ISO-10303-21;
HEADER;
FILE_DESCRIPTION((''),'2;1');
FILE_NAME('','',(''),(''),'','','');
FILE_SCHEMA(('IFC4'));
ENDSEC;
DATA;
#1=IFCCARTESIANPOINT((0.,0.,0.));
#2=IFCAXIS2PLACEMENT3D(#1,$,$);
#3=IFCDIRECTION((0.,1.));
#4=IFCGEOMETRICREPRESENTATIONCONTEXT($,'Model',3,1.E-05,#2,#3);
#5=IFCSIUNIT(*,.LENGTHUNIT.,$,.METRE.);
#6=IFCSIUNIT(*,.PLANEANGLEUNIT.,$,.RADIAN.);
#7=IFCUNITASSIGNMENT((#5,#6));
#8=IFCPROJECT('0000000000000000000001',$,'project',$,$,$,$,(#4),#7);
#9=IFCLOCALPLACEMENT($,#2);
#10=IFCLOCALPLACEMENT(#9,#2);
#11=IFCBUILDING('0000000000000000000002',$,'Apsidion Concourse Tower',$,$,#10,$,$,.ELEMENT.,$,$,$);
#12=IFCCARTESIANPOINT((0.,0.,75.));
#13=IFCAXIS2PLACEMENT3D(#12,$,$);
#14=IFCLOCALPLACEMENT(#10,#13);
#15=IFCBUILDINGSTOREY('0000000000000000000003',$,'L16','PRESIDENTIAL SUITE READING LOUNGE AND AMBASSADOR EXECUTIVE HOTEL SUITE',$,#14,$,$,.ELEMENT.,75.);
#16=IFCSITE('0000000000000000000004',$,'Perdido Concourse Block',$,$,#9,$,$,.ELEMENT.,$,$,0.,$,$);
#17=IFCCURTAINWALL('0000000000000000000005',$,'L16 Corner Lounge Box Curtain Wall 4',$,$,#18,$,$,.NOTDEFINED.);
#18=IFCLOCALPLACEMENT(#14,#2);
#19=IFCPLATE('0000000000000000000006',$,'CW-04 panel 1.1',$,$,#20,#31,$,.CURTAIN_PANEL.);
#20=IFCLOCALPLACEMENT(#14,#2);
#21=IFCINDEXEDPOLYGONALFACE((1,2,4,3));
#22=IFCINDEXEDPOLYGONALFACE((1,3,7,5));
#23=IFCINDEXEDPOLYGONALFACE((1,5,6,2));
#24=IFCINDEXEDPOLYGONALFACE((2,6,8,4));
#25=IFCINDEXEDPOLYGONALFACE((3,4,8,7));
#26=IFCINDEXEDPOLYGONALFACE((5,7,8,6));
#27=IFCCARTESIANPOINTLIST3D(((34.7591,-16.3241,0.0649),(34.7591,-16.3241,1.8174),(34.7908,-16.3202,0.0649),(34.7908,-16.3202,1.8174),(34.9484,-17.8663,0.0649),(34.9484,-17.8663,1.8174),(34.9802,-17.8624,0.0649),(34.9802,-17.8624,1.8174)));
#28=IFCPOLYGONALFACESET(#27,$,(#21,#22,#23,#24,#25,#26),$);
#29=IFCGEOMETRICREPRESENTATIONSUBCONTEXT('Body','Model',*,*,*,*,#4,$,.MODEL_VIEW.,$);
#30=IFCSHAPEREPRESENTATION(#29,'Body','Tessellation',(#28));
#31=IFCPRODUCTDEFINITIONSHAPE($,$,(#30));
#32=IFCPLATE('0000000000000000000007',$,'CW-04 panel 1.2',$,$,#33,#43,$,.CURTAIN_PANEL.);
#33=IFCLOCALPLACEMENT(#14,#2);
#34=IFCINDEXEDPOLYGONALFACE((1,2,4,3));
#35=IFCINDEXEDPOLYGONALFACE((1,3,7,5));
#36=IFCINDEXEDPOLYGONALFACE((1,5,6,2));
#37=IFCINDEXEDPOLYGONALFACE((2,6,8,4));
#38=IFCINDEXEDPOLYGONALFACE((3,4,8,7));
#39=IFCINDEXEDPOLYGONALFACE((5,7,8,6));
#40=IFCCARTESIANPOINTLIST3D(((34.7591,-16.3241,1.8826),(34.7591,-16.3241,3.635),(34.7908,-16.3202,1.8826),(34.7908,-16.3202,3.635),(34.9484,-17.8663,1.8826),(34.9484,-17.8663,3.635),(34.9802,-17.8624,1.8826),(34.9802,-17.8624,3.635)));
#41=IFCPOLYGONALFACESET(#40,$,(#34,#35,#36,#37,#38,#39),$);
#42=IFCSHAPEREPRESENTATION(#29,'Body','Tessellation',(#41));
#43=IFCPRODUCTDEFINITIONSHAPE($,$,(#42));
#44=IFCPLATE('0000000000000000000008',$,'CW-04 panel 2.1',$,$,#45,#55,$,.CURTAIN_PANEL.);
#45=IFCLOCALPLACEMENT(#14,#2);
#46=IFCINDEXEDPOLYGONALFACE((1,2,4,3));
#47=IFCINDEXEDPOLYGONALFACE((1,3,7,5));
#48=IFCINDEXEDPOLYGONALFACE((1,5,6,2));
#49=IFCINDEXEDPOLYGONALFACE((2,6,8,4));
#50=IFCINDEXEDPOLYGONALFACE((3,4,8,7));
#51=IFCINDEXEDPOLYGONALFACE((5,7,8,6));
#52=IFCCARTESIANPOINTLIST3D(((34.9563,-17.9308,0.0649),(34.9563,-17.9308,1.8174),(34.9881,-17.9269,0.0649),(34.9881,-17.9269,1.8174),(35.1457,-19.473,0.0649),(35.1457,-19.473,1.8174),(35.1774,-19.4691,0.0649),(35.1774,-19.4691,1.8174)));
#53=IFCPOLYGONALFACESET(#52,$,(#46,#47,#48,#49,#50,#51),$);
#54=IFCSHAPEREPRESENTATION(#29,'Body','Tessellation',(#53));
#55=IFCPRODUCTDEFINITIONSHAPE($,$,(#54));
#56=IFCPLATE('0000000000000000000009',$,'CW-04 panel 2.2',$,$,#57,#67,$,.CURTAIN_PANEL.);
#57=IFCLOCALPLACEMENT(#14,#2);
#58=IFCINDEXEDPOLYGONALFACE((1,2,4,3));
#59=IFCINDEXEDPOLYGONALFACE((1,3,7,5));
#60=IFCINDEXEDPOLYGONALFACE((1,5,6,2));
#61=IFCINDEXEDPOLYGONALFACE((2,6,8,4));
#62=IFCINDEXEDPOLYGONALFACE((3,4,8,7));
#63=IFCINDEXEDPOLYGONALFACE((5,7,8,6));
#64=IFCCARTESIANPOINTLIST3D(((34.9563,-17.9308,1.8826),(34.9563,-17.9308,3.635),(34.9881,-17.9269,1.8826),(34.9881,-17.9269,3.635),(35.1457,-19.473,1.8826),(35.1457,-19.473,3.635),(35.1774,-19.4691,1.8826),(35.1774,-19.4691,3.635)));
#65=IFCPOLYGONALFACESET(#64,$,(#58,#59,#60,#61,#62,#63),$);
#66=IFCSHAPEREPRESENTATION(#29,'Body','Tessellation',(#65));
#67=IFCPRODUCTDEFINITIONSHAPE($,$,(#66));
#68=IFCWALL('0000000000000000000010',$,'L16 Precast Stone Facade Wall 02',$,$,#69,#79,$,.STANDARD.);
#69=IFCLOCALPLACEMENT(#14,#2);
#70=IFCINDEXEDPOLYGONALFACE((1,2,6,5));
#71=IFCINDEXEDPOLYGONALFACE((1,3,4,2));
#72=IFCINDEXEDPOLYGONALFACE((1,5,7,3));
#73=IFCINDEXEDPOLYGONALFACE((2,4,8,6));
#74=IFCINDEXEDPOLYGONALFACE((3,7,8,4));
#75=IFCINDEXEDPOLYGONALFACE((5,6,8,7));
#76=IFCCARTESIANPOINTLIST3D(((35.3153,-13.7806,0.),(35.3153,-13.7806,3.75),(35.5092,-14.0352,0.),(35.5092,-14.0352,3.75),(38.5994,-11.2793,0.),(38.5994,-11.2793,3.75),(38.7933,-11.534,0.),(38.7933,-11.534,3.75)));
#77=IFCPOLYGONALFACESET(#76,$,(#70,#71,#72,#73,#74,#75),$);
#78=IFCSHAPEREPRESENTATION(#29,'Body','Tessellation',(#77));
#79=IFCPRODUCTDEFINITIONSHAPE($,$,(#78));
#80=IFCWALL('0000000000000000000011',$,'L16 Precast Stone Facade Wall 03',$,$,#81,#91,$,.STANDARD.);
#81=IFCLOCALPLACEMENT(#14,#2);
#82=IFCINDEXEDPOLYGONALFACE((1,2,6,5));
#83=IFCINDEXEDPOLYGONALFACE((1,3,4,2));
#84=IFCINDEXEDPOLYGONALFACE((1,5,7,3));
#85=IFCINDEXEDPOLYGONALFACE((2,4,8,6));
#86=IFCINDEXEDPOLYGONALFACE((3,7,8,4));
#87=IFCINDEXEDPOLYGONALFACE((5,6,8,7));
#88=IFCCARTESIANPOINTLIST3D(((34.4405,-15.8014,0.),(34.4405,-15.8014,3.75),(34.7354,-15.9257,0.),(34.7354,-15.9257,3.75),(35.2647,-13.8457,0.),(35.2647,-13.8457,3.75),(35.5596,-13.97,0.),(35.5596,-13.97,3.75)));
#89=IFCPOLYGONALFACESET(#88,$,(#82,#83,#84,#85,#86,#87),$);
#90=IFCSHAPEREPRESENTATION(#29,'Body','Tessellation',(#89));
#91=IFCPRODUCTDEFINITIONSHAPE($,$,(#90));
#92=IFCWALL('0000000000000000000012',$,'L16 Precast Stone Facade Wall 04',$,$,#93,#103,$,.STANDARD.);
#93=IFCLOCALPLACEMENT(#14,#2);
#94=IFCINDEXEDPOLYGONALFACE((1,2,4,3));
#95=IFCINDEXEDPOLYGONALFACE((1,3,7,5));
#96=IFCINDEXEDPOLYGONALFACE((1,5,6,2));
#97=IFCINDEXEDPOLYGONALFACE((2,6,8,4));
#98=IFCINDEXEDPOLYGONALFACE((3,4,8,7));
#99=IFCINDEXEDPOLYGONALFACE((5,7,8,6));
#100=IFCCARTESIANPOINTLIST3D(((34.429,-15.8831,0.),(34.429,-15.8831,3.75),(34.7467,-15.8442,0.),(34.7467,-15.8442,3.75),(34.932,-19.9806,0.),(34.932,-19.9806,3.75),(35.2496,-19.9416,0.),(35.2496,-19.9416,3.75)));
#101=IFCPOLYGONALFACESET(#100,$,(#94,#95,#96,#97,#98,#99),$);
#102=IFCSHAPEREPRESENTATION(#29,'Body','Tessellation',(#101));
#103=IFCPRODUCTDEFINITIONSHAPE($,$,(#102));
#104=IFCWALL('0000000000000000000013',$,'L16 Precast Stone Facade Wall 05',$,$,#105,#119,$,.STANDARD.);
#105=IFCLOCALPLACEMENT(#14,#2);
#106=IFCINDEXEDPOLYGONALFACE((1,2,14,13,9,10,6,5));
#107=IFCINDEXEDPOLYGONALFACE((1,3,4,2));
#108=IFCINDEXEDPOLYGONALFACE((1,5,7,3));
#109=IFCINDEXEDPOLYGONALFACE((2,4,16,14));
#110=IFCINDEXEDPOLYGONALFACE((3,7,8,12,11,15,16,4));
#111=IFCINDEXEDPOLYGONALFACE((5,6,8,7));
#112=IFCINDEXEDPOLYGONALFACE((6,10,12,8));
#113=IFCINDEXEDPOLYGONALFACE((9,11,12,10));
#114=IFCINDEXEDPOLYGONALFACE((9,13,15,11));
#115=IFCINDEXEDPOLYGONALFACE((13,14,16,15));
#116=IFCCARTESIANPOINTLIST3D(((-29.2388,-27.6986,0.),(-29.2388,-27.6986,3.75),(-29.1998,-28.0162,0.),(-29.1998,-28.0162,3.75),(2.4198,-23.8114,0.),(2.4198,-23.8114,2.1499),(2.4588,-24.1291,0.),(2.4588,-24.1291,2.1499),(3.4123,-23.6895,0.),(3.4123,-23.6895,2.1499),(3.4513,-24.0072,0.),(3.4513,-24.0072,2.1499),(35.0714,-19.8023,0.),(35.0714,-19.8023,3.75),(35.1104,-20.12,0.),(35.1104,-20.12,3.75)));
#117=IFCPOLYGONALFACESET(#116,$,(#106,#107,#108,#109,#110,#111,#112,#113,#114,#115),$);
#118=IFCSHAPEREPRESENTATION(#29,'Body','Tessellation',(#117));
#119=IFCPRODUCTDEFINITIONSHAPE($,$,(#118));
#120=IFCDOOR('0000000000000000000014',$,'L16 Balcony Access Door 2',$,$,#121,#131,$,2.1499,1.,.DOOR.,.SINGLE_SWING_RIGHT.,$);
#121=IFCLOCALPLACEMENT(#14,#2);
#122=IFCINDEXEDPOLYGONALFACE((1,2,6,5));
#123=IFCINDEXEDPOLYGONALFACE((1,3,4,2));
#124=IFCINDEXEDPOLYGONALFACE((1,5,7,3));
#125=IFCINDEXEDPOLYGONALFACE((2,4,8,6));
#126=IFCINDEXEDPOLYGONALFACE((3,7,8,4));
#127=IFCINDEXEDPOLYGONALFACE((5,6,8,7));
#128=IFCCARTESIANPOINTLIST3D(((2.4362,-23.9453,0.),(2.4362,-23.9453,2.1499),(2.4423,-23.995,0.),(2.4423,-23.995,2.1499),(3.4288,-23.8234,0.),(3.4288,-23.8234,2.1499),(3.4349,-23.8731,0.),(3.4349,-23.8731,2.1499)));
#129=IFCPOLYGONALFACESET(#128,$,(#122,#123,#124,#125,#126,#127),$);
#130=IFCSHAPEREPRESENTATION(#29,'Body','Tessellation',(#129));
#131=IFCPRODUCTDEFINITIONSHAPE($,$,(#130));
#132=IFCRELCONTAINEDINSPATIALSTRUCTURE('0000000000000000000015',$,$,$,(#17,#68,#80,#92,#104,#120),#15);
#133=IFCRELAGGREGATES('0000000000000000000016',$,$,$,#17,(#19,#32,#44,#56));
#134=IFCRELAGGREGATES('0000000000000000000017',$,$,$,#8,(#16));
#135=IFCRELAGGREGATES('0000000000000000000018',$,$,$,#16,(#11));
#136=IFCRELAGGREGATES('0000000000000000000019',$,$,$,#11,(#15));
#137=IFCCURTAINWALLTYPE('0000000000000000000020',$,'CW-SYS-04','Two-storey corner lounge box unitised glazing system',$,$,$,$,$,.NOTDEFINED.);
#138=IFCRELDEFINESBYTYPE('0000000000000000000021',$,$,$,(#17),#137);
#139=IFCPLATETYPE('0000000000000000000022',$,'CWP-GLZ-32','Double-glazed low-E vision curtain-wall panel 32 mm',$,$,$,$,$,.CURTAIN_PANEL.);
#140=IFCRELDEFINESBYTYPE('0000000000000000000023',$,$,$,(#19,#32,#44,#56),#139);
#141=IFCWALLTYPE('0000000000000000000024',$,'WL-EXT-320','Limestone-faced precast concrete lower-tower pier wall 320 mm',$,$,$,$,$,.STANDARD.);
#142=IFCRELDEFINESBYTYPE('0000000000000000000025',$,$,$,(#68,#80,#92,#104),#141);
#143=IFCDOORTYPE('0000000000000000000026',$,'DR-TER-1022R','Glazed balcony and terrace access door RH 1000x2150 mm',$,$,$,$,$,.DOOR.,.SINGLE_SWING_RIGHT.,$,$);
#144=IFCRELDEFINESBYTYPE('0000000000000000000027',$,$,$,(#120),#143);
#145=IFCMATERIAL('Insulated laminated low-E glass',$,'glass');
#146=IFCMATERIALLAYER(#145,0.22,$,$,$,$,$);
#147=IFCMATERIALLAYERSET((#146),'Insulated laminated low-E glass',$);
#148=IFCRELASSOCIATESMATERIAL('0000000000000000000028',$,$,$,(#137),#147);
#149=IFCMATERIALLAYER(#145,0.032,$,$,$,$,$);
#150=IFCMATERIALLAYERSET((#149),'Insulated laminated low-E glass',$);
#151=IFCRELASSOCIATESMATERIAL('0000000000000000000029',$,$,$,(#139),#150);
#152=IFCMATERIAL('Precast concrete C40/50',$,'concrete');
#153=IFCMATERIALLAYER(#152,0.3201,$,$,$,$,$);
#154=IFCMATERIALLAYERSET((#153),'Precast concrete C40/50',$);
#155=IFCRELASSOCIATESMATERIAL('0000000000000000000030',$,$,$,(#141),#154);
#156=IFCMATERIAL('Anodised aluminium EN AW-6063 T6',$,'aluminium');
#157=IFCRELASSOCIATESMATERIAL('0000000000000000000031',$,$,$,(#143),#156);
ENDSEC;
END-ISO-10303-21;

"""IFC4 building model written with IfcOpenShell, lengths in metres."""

from ifc_helpers import new_model, si_unit, direction, frame, frame_2d, origin, origin_2d, place, context, subcontext, project, spatial, rectangle, extrude, material, layer, layer_set, type_object, element, fill, aggregate, save


model = new_model("IFC4")

# Units and contexts
model_context = context("Model", 3, precision=1e-05, world=origin(), true_north=direction((0.0, 1.0)))
body_context = subcontext(model_context, "Body", "Model", "MODEL_VIEW")
ifc_project = project(units=[si_unit("LENGTHUNIT", "METRE"), si_unit("PLANEANGLEUNIT", "RADIAN")], contexts=[model_context])

# Site, building, storey
site_placement = place(None, origin())
site = spatial("IfcSite", under=ifc_project, at=site_placement, Name="Perdido Concourse Block", CompositionType="ELEMENT", RefElevation=0.0)
building_placement = place(site_placement, origin())
building = spatial("IfcBuilding", under=site, at=building_placement, Name="Apsidion Concourse Tower", CompositionType="ELEMENT")
storey_placement = place(building_placement, frame((0.0, 0.0, 75.0)))
storey = spatial("IfcBuildingStorey", under=building, at=storey_placement, Name="L16", Description="PRESIDENTIAL SUITE READING LOUNGE AND AMBASSADOR EXECUTIVE HOTEL SUITE", CompositionType="ELEMENT", Elevation=75.0)

# Curtain wall
ifc_material_1 = material(Name="Insulated laminated low-E glass", Category="glass")
ifc_layer_1 = layer(ifc_material_1, 0.22)
ifc_layer_set_1 = layer_set([ifc_layer_1], Name="Insulated laminated low-E glass")
curtain_wall_type = type_object("IfcCurtainWallType", Name="CW-SYS-04", Description="Two-storey corner lounge box unitised glazing system", PredefinedType="NOTDEFINED", material=ifc_layer_set_1)
ifc_material_2 = material(Name="Anodised aluminium EN AW-6063 T6", Category="aluminium")
curtain_wall_1_placement = place(storey_placement, origin())
curtain_wall_1 = element("IfcCurtainWall", 1, at=curtain_wall_1_placement, inside=storey, type_object=curtain_wall_type, Name="L16 Corner Lounge Box Curtain Wall 4", PredefinedType="NOTDEFINED")

# Plates
ifc_layer_2 = layer(ifc_material_1, 0.032)
ifc_layer_set_2 = layer_set([ifc_layer_2], Name="Insulated laminated low-E glass")
plate_type = type_object("IfcPlateType", Name="CWP-GLZ-32", Description="Double-glazed low-E vision curtain-wall panel 32 mm", PredefinedType="CURTAIN_PANEL", material=ifc_layer_set_2)
plate_1_placement = place(storey_placement, frame((34.8696, -17.0933, 0.0649), z_axis=(0.0, 0.0, 1.0), x_axis=(0.121877, -0.992545, 0.0)))
plate_1 = element("IfcPlate", 2, at=plate_1_placement, type_object=plate_type, Name="CW-04 panel 1.1", PredefinedType="CURTAIN_PANEL", context=body_context, shape_type="SweptSolid", body=[
    extrude(rectangle(XDim=1.5537, YDim=0.032, at=origin_2d()), origin(), (0.0, 0.0, 1.0), 1.7524),
])
plate_2_placement = place(storey_placement, frame((34.8696, -17.0933, 1.8826), z_axis=(0.0, 0.0, 1.0), x_axis=(0.121877, -0.992545, 0.0)))
plate_2 = element("IfcPlate", 3, at=plate_2_placement, type_object=plate_type, Name="CW-04 panel 1.2", PredefinedType="CURTAIN_PANEL", context=body_context, shape_type="SweptSolid", body=[
    extrude(rectangle(XDim=1.5537, YDim=0.032, at=origin_2d()), origin(), (0.0, 0.0, 1.0), 1.7524),
])
plate_3_placement = place(storey_placement, frame((35.0669, -18.7, 0.0649), z_axis=(0.0, 0.0, 1.0), x_axis=(0.121877, -0.992545, 0.0)))
plate_3 = element("IfcPlate", 4, at=plate_3_placement, type_object=plate_type, Name="CW-04 panel 2.1", PredefinedType="CURTAIN_PANEL", context=body_context, shape_type="SweptSolid", body=[
    extrude(rectangle(XDim=1.5537, YDim=0.032, at=origin_2d()), origin(), (0.0, 0.0, 1.0), 1.7524),
])
plate_4_placement = place(storey_placement, frame((35.0669, -18.7, 1.8826), z_axis=(0.0, 0.0, 1.0), x_axis=(0.121877, -0.992545, 0.0)))
plate_4 = element("IfcPlate", 5, at=plate_4_placement, type_object=plate_type, Name="CW-04 panel 2.2", PredefinedType="CURTAIN_PANEL", context=body_context, shape_type="SweptSolid", body=[
    extrude(rectangle(XDim=1.5537, YDim=0.032, at=origin_2d()), origin(), (0.0, 0.0, 1.0), 1.7524),
])
aggregate(curtain_wall_1, [plate_1, plate_2, plate_3, plate_4])

# Walls
ifc_material_3 = material(Name="Precast concrete C40/50", Category="concrete")
ifc_layer_3 = layer(ifc_material_3, 0.3201)
ifc_layer_set_3 = layer_set([ifc_layer_3], Name="Precast concrete C40/50")
wall_type = type_object("IfcWallType", Name="WL-EXT-320", Description="Limestone-faced precast concrete lower-tower pier wall 320 mm", PredefinedType="STANDARD", material=ifc_layer_set_3)
wall_1_placement = place(storey_placement, frame((38.6963, -11.4067, 0.0), z_axis=(0.0, 0.0, 1.0), x_axis=(-0.79555, -0.605888, 0.0)))
element("IfcWall", 6, at=wall_1_placement, inside=storey, type_object=wall_type, Name="L16 Precast Stone Facade Wall 02", PredefinedType="STANDARD", context=body_context, shape_type="SweptSolid", body=[
    extrude(rectangle(XDim=4.1282, YDim=0.3201, at=frame_2d((2.064, 0.0))), origin(), (0.0, 0.0, 1.0), 3.75),
])
wall_2_placement = place(storey_placement, frame((35.4121, -13.908, 0.0), z_axis=(0.0, 0.0, 1.0), x_axis=(-0.388345, -0.921514, 0.0)))
element("IfcWall", 7, at=wall_2_placement, inside=storey, type_object=wall_type, Name="L16 Precast Stone Facade Wall 03", PredefinedType="STANDARD", context=body_context, shape_type="SweptSolid", body=[
    extrude(rectangle(XDim=2.1223, YDim=0.3201, at=frame_2d((1.061, 0.0))), origin(), (0.0, 0.0, 1.0), 3.75),
])
wall_3_placement = place(storey_placement, frame((34.5879, -15.8638, 0.0), z_axis=(0.0, 0.0, 1.0), x_axis=(0.121829, -0.992551, 0.0)))
element("IfcWall", 8, at=wall_3_placement, inside=storey, type_object=wall_type, Name="L16 Precast Stone Facade Wall 04", PredefinedType="STANDARD", context=body_context, shape_type="SweptSolid", body=[
    extrude(rectangle(XDim=4.1282, YDim=0.3201, at=frame_2d((2.064, 0.0))), origin(), (0.0, 0.0, 1.0), 3.75),
])

# Wall, opening, door
wall_4_placement = place(storey_placement, frame((35.0908, -19.9612, 0.0), z_axis=(0.0, 0.0, 1.0), x_axis=(-0.992546, -0.121868, 0.0)))
wall_4 = element("IfcWall", 9, at=wall_4_placement, inside=storey, type_object=wall_type, Name="L16 Precast Stone Facade Wall 05", PredefinedType="STANDARD", context=body_context, shape_type="SweptSolid", body=[
    extrude(rectangle(XDim=64.7932, YDim=0.3201, at=frame_2d((32.3965, 0.0))), origin(), (0.0, 0.0, 1.0), 3.75),
])
opening_placement = place(wall_4_placement, frame((31.8967, 0.0, 0.0)))
opening = element("IfcOpeningElement", 10, at=opening_placement, cuts=wall_4, PredefinedType="OPENING", context=body_context, shape_type="SweptSolid", body=[
    extrude(rectangle(XDim=1.0, YDim=2.1499, at=frame_2d((0.5, 1.075))), frame((0.0, 0.1699, 0.0), z_axis=(0.0, -1.0, 0.0), x_axis=(1.0, 0.0, 0.0)), (0.0, 0.0, 1.0), 0.3401),
])
door_type = type_object("IfcDoorType", Name="DR-TER-1022R", Description="Glazed balcony and terrace access door RH 1000x2150 mm", OperationType="SINGLE_SWING_RIGHT", PredefinedType="DOOR", material=ifc_material_2)
door_placement = place(opening_placement, origin())
door = element("IfcDoor", 11, at=door_placement, inside=storey, type_object=door_type, Name="L16 Balcony Access Door 2", OperationType="SINGLE_SWING_RIGHT", OverallHeight=2.1499, OverallWidth=1.0, PredefinedType="DOOR", context=body_context, shape_type="SweptSolid", body=[
    extrude(rectangle(XDim=1.0, YDim=2.1499, at=frame_2d((0.5, 1.075))), frame((0.0, 0.0249, 0.0), z_axis=(0.0, -1.0, 0.0), x_axis=(1.0, 0.0, 0.0)), (0.0, 0.0, 1.0), 0.05),
])
fill(opening, door)

save(model, "model.ifc")
